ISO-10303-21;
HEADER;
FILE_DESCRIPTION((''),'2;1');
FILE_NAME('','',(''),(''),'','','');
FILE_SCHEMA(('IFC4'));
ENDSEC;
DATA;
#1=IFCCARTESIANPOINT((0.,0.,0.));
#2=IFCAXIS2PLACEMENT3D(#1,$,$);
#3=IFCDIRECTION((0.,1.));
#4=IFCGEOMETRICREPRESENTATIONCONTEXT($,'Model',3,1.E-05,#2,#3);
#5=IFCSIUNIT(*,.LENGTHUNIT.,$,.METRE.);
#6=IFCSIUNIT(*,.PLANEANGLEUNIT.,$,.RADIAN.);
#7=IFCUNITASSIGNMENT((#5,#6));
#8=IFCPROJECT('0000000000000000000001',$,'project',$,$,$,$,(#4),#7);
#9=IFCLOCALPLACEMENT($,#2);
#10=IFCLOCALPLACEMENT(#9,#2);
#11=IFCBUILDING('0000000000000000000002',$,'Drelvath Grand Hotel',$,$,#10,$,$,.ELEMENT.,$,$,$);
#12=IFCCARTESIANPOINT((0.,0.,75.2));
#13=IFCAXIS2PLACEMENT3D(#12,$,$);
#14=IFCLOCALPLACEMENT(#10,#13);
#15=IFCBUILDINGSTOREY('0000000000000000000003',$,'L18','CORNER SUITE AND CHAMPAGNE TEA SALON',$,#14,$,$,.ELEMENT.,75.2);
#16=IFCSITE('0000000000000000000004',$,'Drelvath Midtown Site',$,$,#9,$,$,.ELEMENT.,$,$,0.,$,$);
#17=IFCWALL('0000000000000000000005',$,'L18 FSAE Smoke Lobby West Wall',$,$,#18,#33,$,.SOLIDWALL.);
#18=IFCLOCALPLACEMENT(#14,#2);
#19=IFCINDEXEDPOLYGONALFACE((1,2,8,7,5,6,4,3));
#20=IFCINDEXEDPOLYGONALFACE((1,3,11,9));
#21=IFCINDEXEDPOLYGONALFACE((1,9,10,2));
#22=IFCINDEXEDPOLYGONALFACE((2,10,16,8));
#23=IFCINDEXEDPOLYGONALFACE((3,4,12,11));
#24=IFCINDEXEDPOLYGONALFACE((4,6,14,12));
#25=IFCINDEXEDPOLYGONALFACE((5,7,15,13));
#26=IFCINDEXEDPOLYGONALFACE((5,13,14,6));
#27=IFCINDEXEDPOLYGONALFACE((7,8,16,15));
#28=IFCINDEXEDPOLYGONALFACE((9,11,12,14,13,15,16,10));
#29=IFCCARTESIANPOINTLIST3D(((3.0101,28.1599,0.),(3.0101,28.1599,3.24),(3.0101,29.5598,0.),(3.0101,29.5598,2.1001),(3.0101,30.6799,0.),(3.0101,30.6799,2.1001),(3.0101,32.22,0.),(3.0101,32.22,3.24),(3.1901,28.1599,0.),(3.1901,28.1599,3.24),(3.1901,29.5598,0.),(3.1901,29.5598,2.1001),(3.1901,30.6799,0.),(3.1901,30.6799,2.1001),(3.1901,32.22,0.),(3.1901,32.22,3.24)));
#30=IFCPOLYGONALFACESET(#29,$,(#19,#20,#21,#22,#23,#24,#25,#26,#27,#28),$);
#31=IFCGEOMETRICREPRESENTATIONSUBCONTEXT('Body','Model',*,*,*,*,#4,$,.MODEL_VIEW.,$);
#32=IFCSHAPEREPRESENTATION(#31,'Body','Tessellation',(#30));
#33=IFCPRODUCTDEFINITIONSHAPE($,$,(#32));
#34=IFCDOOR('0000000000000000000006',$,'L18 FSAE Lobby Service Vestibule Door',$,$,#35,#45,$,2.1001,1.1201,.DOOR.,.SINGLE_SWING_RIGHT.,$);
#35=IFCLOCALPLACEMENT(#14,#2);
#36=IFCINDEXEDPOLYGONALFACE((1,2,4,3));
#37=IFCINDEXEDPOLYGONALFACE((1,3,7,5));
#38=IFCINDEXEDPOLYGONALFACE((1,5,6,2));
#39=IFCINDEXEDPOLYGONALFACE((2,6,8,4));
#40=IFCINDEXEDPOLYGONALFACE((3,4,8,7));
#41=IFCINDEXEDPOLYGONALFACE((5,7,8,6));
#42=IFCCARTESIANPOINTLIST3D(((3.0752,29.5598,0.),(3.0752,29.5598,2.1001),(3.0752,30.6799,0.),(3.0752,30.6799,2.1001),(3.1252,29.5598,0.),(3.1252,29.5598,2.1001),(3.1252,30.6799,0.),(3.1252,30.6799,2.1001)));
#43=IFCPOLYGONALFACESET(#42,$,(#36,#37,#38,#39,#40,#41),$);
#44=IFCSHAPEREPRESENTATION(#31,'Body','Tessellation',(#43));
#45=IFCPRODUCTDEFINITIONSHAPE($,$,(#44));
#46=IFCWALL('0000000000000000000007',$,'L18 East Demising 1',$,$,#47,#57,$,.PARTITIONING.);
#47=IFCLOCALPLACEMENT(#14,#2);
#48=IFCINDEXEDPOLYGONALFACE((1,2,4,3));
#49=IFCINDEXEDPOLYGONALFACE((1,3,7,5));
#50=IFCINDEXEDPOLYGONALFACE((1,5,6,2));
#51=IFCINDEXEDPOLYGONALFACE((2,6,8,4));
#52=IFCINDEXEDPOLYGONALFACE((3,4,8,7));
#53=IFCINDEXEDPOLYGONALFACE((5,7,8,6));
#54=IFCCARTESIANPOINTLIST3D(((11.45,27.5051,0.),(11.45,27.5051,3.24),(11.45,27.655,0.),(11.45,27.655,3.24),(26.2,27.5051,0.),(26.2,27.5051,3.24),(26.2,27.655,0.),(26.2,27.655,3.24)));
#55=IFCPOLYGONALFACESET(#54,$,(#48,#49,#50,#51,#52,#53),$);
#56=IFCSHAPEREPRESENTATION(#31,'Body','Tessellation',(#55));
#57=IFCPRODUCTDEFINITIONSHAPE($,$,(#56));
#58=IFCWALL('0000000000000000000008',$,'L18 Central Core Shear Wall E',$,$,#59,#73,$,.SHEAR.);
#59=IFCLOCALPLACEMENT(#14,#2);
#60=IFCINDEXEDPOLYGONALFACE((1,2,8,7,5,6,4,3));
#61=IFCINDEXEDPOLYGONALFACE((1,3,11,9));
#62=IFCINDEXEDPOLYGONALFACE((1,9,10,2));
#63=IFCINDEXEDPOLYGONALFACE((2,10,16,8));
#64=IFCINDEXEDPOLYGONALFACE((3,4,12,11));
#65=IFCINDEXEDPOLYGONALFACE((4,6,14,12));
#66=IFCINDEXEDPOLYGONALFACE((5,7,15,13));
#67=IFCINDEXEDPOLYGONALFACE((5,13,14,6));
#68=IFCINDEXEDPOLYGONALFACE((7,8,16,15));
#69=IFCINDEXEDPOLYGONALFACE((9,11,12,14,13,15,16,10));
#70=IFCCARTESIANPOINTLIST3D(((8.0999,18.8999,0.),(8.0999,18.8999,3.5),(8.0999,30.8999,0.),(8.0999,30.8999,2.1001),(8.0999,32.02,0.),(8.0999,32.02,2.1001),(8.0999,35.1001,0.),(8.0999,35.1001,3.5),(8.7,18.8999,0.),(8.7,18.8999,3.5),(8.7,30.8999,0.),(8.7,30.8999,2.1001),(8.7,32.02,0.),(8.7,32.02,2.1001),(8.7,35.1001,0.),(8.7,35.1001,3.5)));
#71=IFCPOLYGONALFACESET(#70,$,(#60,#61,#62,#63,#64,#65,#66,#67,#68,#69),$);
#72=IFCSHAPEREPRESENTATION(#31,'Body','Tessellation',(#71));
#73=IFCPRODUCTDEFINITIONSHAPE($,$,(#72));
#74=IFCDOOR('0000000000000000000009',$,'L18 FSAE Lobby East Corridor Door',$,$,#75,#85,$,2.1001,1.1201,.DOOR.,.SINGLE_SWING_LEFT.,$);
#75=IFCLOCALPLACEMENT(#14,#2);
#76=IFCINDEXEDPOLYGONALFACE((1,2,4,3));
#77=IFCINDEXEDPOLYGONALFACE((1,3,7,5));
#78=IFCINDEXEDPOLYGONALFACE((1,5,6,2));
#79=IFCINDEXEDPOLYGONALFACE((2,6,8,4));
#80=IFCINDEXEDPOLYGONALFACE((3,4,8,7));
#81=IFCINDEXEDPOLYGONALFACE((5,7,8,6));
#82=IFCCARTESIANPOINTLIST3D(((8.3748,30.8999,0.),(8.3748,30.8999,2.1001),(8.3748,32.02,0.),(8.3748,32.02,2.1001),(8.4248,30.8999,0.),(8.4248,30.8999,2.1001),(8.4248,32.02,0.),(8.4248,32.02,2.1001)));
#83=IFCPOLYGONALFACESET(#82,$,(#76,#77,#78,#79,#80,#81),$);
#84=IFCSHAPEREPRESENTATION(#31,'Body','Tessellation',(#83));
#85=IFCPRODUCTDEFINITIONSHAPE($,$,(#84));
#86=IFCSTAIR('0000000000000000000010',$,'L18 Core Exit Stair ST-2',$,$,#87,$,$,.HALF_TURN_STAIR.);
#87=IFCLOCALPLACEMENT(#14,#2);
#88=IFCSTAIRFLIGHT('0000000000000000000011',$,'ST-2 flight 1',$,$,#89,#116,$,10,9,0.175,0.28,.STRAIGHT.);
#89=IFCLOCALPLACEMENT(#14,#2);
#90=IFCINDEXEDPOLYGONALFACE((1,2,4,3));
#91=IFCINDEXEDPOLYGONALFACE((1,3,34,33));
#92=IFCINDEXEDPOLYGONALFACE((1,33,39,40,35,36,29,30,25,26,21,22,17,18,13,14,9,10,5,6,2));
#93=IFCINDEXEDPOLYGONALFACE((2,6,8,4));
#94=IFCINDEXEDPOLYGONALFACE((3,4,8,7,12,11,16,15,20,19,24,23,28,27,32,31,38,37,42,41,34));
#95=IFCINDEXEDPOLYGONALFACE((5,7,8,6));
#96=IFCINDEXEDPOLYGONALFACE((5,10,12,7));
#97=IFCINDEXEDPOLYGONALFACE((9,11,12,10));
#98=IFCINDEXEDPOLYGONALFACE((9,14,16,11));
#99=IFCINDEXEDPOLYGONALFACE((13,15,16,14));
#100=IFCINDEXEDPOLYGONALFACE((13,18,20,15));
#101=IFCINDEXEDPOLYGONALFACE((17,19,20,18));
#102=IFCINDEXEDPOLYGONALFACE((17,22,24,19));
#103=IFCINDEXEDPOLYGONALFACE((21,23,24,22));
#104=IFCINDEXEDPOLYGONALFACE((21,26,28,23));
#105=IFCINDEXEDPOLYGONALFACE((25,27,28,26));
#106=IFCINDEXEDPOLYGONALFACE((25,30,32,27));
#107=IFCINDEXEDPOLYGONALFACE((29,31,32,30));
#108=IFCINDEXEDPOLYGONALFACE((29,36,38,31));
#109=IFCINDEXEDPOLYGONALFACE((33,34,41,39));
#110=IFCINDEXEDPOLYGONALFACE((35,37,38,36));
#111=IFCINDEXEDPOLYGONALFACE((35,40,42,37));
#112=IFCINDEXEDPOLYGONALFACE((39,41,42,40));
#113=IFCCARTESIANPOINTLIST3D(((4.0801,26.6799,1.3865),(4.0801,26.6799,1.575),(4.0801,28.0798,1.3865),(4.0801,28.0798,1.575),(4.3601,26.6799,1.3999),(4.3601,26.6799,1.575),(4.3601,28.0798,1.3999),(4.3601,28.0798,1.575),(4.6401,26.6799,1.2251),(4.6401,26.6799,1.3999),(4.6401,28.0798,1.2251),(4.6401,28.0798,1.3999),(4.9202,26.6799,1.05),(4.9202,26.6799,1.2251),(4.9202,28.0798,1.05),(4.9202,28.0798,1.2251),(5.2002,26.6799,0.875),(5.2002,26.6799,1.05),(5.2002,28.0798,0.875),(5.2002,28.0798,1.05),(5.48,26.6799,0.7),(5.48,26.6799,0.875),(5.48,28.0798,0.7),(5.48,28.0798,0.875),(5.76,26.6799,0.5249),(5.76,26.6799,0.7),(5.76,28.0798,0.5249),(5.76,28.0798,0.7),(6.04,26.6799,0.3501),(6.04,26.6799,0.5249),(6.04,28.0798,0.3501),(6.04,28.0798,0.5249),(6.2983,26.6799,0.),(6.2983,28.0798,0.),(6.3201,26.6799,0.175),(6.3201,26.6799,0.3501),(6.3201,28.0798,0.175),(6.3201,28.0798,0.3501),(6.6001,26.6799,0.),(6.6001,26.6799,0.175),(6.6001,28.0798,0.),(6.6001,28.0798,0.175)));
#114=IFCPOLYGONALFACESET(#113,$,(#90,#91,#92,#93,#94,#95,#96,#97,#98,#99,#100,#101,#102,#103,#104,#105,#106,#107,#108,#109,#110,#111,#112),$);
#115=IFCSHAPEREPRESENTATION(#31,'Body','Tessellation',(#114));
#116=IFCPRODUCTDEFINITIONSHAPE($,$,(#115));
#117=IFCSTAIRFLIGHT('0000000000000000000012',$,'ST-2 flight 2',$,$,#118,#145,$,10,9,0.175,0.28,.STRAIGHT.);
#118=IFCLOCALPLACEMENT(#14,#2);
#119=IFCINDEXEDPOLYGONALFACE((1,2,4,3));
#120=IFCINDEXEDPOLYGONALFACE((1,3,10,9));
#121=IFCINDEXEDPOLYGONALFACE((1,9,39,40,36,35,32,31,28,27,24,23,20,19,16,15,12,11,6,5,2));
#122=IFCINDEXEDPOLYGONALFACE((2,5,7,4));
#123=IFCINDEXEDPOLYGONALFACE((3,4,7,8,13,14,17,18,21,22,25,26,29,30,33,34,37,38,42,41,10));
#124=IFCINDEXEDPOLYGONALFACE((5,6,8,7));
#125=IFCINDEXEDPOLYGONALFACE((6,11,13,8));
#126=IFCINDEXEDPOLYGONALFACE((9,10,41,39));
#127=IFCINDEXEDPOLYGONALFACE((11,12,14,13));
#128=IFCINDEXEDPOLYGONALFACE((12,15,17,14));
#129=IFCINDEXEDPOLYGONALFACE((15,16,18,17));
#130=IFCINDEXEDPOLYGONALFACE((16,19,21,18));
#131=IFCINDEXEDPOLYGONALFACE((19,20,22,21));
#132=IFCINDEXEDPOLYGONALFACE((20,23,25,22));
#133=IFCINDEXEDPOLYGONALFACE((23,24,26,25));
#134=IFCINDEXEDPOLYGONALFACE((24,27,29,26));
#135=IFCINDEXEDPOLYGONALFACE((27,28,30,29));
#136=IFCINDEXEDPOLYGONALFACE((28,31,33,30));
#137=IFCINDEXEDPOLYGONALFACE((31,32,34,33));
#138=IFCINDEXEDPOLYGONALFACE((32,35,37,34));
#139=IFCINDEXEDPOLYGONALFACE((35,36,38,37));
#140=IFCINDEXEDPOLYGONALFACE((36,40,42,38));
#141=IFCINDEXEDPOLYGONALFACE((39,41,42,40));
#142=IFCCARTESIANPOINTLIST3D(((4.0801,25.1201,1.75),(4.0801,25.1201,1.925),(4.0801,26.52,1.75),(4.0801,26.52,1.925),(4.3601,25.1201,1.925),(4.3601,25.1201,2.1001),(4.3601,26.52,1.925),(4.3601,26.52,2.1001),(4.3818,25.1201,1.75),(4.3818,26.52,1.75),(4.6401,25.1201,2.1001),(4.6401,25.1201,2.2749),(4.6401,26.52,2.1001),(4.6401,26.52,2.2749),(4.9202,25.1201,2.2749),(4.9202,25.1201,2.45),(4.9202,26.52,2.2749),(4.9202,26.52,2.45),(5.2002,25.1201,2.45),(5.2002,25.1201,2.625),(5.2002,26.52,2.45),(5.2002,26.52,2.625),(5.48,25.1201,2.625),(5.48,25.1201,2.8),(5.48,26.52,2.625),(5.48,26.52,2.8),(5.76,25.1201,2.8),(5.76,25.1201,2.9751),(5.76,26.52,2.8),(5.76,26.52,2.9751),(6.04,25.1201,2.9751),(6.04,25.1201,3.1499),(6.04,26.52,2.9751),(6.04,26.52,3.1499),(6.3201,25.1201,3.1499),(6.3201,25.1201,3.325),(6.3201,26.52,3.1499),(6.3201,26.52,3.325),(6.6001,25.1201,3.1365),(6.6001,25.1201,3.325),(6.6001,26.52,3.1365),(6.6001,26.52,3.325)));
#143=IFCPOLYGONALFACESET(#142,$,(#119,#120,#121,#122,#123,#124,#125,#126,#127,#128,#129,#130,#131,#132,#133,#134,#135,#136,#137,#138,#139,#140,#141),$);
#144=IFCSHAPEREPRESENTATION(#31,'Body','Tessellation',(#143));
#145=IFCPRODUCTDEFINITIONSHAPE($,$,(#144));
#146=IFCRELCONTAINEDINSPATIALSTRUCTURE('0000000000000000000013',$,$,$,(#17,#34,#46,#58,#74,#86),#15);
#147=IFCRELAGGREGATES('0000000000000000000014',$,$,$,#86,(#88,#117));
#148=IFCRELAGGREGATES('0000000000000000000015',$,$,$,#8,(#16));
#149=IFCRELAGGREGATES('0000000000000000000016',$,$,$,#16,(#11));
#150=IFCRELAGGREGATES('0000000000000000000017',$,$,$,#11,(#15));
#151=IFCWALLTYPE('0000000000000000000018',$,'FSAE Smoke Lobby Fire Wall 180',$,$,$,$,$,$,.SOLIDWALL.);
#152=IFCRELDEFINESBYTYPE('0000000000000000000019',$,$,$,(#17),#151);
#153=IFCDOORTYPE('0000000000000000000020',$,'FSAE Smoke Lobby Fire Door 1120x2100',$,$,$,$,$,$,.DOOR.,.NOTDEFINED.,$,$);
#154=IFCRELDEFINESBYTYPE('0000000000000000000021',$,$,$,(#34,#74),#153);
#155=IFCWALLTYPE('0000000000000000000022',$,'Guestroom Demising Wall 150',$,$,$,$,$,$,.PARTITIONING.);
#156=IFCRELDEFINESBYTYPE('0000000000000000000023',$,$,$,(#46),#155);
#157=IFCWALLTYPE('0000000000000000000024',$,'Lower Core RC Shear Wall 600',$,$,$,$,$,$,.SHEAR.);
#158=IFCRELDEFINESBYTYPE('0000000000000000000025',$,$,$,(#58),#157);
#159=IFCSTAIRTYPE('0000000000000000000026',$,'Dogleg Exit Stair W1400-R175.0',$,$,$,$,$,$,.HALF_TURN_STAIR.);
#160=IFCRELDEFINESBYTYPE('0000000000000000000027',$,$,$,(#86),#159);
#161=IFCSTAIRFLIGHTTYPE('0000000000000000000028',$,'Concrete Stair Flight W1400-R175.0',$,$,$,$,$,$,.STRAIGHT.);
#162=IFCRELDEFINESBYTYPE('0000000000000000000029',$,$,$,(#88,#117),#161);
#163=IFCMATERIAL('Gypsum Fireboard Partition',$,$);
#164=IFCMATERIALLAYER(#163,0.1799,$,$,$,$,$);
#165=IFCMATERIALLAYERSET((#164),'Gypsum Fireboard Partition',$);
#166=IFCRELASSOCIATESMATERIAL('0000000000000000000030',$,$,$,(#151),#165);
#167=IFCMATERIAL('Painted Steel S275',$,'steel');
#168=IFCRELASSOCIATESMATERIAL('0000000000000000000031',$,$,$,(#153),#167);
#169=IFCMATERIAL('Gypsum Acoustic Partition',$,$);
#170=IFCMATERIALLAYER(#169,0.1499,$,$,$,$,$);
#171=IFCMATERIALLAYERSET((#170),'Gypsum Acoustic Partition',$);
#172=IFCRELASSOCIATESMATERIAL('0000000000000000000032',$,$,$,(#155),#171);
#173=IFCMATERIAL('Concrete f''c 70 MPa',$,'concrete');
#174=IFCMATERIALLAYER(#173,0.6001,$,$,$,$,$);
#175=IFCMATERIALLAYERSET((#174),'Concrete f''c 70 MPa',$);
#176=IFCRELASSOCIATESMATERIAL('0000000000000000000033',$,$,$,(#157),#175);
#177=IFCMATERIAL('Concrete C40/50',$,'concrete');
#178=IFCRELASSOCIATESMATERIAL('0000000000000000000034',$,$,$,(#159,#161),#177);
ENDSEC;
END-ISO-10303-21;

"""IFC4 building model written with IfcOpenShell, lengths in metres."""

from ifc_helpers import new_model, si_unit, direction, frame, frame_2d, origin, place, context, subcontext, project, spatial, polyline, rectangle, outline, extrude, material, layer, layer_set, type_object, element, fill, aggregate, save


model = new_model("IFC4")

# Units and contexts
model_context = context("Model", 3, precision=1e-05, world=origin(), true_north=direction((0.0, 1.0)))
body_context = subcontext(model_context, "Body", "Model", "MODEL_VIEW")
ifc_project = project(units=[si_unit("LENGTHUNIT", "METRE"), si_unit("PLANEANGLEUNIT", "RADIAN")], contexts=[model_context])

# Site, building, storey
site_placement = place(None, origin())
site = spatial("IfcSite", under=ifc_project, at=site_placement, Name="Drelvath Midtown Site", CompositionType="ELEMENT", RefElevation=0.0)
building_placement = place(site_placement, origin())
building = spatial("IfcBuilding", under=site, at=building_placement, Name="Drelvath Grand Hotel", CompositionType="ELEMENT")
storey_placement = place(building_placement, frame((0.0, 0.0, 75.2)))
storey = spatial("IfcBuildingStorey", under=building, at=storey_placement, Name="L18", Description="CORNER SUITE AND CHAMPAGNE TEA SALON", CompositionType="ELEMENT", Elevation=75.2)

# Shared definitions
ifc_material_1 = material(Name="Concrete f'c 70 MPa", Category="concrete")

# Shared definitions
ifc_material_2 = material(Name="Concrete C40/50", Category="concrete")

# Shared definitions
ifc_material_3 = material(Name="Painted Steel S275", Category="steel")

# Shared definitions
ifc_material_4 = material(Name="Gypsum Fireboard Partition")

# Wall, opening, door
ifc_layer_1 = layer(ifc_material_4, 0.1799)
ifc_layer_set_1 = layer_set([ifc_layer_1], Name="Gypsum Fireboard Partition")
wall_type_1 = type_object("IfcWallType", Name="FSAE Smoke Lobby Fire Wall 180", PredefinedType="SOLIDWALL", material=ifc_layer_set_1)
wall_1_placement = place(storey_placement, frame((3.1001, 28.1599, 0.0), z_axis=(0.0, 0.0, 1.0), x_axis=(0.0, 1.0, 0.0)))
wall_1 = element("IfcWall", 1, at=wall_1_placement, inside=storey, type_object=wall_type_1, Name="L18 FSAE Smoke Lobby West Wall", PredefinedType="SOLIDWALL", context=body_context, shape_type="SweptSolid", body=[
    extrude(rectangle(XDim=4.0601, YDim=0.1799, at=frame_2d((2.03, 0.0))), origin(), (0.0, 0.0, 1.0), 3.24),
])
opening_1_placement = place(wall_1_placement, frame((1.3999, 0.0, 0.0)))
opening_1 = element("IfcOpeningElement", 2, at=opening_1_placement, cuts=wall_1, PredefinedType="OPENING", context=body_context, shape_type="SweptSolid", body=[
    extrude(rectangle(XDim=1.1201, YDim=2.1001, at=frame_2d((0.5601, 1.05))), frame((0.0, 0.0999, 0.0), z_axis=(0.0, -1.0, 0.0), x_axis=(1.0, 0.0, 0.0)), (0.0, 0.0, 1.0), 0.2),
])
door_type_1 = type_object("IfcDoorType", Name="FSAE Smoke Lobby Fire Door 1120x2100", OperationType="NOTDEFINED", PredefinedType="DOOR", material=ifc_material_3)
door_1_placement = place(opening_1_placement, origin())
door_1 = element("IfcDoor", 3, at=door_1_placement, inside=storey, type_object=door_type_1, Name="L18 FSAE Lobby Service Vestibule Door", OperationType="SINGLE_SWING_RIGHT", OverallHeight=2.1001, OverallWidth=1.1201, PredefinedType="DOOR", context=body_context, shape_type="SweptSolid", body=[
    extrude(rectangle(XDim=1.1201, YDim=2.1001, at=frame_2d((0.5601, 1.05))), frame((0.0, 0.0249, 0.0), z_axis=(0.0, -1.0, 0.0), x_axis=(1.0, 0.0, 0.0)), (0.0, 0.0, 1.0), 0.05),
])
fill(opening_1, door_1)

# Wall
ifc_material_5 = material(Name="Gypsum Acoustic Partition")
ifc_layer_2 = layer(ifc_material_5, 0.1499)
ifc_layer_set_2 = layer_set([ifc_layer_2], Name="Gypsum Acoustic Partition")
wall_type_2 = type_object("IfcWallType", Name="Guestroom Demising Wall 150", PredefinedType="PARTITIONING", material=ifc_layer_set_2)
wall_2_placement = place(storey_placement, frame((11.45, 27.5801, 0.0), z_axis=(0.0, 0.0, 1.0), x_axis=(1.0, 0.0, 0.0)))
element("IfcWall", 4, at=wall_2_placement, inside=storey, type_object=wall_type_2, Name="L18 East Demising 1", PredefinedType="PARTITIONING", context=body_context, shape_type="SweptSolid", body=[
    extrude(rectangle(XDim=14.75, YDim=0.1499, at=frame_2d((7.375, 0.0))), origin(), (0.0, 0.0, 1.0), 3.24),
])

# Wall, opening, door
ifc_layer_3 = layer(ifc_material_1, 0.6001)
ifc_layer_set_3 = layer_set([ifc_layer_3], Name="Concrete f'c 70 MPa")
wall_type_3 = type_object("IfcWallType", Name="Lower Core RC Shear Wall 600", PredefinedType="SHEAR", material=ifc_layer_set_3)
wall_3_placement = place(storey_placement, frame((8.3999, 35.1001, 0.0), z_axis=(0.0, 0.0, 1.0), x_axis=(0.0, -1.0, 0.0)))
wall_3 = element("IfcWall", 5, at=wall_3_placement, inside=storey, type_object=wall_type_3, Name="L18 Central Core Shear Wall E", PredefinedType="SHEAR", context=body_context, shape_type="SweptSolid", body=[
    extrude(rectangle(XDim=16.2002, YDim=0.6001, at=frame_2d((8.1001, 0.0))), origin(), (0.0, 0.0, 1.0), 3.5),
])
opening_2_placement = place(wall_3_placement, frame((3.0801, 0.0, 0.0)))
opening_2 = element("IfcOpeningElement", 6, at=opening_2_placement, cuts=wall_3, PredefinedType="OPENING", context=body_context, shape_type="SweptSolid", body=[
    extrude(rectangle(XDim=1.1201, YDim=2.1001, at=frame_2d((0.5601, 1.05))), frame((0.0, 0.3101, 0.0), z_axis=(0.0, -1.0, 0.0), x_axis=(1.0, 0.0, 0.0)), (0.0, 0.0, 1.0), 0.6201),
])
door_2_placement = place(opening_2_placement, origin())
door_2 = element("IfcDoor", 7, at=door_2_placement, inside=storey, type_object=door_type_1, Name="L18 FSAE Lobby East Corridor Door", OperationType="SINGLE_SWING_LEFT", OverallHeight=2.1001, OverallWidth=1.1201, PredefinedType="DOOR", context=body_context, shape_type="SweptSolid", body=[
    extrude(rectangle(XDim=1.1201, YDim=2.1001, at=frame_2d((0.5601, 1.05))), frame((0.0, 0.0249, 0.0), z_axis=(0.0, -1.0, 0.0), x_axis=(1.0, 0.0, 0.0)), (0.0, 0.0, 1.0), 0.05),
])
fill(opening_2, door_2)

# Stair, stair flights
stair_type = type_object("IfcStairType", Name="Dogleg Exit Stair W1400-R175.0", PredefinedType="HALF_TURN_STAIR", material=ifc_material_2)
stair_placement = place(storey_placement, origin())
stair = element("IfcStair", 8, at=stair_placement, inside=storey, type_object=stair_type, Name="L18 Core Exit Stair ST-2", PredefinedType="HALF_TURN_STAIR")
stair_flight_type = type_object("IfcStairFlightType", Name="Concrete Stair Flight W1400-R175.0", PredefinedType="STRAIGHT", material=ifc_material_2)
stair_flight_1_placement = place(storey_placement, frame((6.6001, 27.3799, 0.0), z_axis=(0.0, 0.0, 1.0), x_axis=(-1.0, 0.0, 0.0)))
stair_flight_1 = element("IfcStairFlight", 9, at=stair_flight_1_placement, type_object=stair_flight_type, Name="ST-2 flight 1", NumberOfRisers=10, NumberOfTreads=9, PredefinedType="STRAIGHT", RiserHeight=0.175, TreadLength=0.28, context=body_context, shape_type="SweptSolid", body=[
    extrude(outline(polyline([(0.0, 0.0), (0.0, 0.175), (0.28, 0.175), (0.28, 0.3501), (0.5601, 0.3501), (0.5601, 0.5249), (0.8401, 0.5249), (0.8401, 0.7), (1.1201, 0.7), (1.1201, 0.875), (1.3999, 0.875), (1.3999, 1.05), (1.6799, 1.05), (1.6799, 1.2251), (1.96, 1.2251), (1.96, 1.3999), (2.24, 1.3999), (2.24, 1.575), (2.52, 1.575), (2.52, 1.75), (2.52, 1.3865), (0.3018, 0.0), (0.0, 0.0)])), frame((0.0, 0.7, 0.0), z_axis=(0.0, -1.0, 0.0), x_axis=(1.0, 0.0, 0.0)), (0.0, 0.0, 1.0), 1.3999),
])
stair_flight_2_placement = place(storey_placement, frame((4.0801, 25.8201, 1.75), z_axis=(0.0, 0.0, 1.0), x_axis=(1.0, 0.0, 0.0)))
stair_flight_2 = element("IfcStairFlight", 10, at=stair_flight_2_placement, type_object=stair_flight_type, Name="ST-2 flight 2", NumberOfRisers=10, NumberOfTreads=9, PredefinedType="STRAIGHT", RiserHeight=0.175, TreadLength=0.28, context=body_context, shape_type="SweptSolid", body=[
    extrude(outline(polyline([(0.0, 0.0), (0.0, 0.175), (0.28, 0.175), (0.28, 0.3501), (0.5601, 0.3501), (0.5601, 0.5249), (0.8401, 0.5249), (0.8401, 0.7), (1.1201, 0.7), (1.1201, 0.875), (1.3999, 0.875), (1.3999, 1.05), (1.6799, 1.05), (1.6799, 1.2251), (1.96, 1.2251), (1.96, 1.3999), (2.24, 1.3999), (2.24, 1.575), (2.52, 1.575), (2.52, 1.75), (2.52, 1.3865), (0.3018, 0.0), (0.0, 0.0)])), frame((0.0, 0.7, 0.0), z_axis=(0.0, -1.0, 0.0), x_axis=(1.0, 0.0, 0.0)), (0.0, 0.0, 1.0), 1.3999),
])
aggregate(stair, [stair_flight_1, stair_flight_2])

save(model, "model.ifc")
